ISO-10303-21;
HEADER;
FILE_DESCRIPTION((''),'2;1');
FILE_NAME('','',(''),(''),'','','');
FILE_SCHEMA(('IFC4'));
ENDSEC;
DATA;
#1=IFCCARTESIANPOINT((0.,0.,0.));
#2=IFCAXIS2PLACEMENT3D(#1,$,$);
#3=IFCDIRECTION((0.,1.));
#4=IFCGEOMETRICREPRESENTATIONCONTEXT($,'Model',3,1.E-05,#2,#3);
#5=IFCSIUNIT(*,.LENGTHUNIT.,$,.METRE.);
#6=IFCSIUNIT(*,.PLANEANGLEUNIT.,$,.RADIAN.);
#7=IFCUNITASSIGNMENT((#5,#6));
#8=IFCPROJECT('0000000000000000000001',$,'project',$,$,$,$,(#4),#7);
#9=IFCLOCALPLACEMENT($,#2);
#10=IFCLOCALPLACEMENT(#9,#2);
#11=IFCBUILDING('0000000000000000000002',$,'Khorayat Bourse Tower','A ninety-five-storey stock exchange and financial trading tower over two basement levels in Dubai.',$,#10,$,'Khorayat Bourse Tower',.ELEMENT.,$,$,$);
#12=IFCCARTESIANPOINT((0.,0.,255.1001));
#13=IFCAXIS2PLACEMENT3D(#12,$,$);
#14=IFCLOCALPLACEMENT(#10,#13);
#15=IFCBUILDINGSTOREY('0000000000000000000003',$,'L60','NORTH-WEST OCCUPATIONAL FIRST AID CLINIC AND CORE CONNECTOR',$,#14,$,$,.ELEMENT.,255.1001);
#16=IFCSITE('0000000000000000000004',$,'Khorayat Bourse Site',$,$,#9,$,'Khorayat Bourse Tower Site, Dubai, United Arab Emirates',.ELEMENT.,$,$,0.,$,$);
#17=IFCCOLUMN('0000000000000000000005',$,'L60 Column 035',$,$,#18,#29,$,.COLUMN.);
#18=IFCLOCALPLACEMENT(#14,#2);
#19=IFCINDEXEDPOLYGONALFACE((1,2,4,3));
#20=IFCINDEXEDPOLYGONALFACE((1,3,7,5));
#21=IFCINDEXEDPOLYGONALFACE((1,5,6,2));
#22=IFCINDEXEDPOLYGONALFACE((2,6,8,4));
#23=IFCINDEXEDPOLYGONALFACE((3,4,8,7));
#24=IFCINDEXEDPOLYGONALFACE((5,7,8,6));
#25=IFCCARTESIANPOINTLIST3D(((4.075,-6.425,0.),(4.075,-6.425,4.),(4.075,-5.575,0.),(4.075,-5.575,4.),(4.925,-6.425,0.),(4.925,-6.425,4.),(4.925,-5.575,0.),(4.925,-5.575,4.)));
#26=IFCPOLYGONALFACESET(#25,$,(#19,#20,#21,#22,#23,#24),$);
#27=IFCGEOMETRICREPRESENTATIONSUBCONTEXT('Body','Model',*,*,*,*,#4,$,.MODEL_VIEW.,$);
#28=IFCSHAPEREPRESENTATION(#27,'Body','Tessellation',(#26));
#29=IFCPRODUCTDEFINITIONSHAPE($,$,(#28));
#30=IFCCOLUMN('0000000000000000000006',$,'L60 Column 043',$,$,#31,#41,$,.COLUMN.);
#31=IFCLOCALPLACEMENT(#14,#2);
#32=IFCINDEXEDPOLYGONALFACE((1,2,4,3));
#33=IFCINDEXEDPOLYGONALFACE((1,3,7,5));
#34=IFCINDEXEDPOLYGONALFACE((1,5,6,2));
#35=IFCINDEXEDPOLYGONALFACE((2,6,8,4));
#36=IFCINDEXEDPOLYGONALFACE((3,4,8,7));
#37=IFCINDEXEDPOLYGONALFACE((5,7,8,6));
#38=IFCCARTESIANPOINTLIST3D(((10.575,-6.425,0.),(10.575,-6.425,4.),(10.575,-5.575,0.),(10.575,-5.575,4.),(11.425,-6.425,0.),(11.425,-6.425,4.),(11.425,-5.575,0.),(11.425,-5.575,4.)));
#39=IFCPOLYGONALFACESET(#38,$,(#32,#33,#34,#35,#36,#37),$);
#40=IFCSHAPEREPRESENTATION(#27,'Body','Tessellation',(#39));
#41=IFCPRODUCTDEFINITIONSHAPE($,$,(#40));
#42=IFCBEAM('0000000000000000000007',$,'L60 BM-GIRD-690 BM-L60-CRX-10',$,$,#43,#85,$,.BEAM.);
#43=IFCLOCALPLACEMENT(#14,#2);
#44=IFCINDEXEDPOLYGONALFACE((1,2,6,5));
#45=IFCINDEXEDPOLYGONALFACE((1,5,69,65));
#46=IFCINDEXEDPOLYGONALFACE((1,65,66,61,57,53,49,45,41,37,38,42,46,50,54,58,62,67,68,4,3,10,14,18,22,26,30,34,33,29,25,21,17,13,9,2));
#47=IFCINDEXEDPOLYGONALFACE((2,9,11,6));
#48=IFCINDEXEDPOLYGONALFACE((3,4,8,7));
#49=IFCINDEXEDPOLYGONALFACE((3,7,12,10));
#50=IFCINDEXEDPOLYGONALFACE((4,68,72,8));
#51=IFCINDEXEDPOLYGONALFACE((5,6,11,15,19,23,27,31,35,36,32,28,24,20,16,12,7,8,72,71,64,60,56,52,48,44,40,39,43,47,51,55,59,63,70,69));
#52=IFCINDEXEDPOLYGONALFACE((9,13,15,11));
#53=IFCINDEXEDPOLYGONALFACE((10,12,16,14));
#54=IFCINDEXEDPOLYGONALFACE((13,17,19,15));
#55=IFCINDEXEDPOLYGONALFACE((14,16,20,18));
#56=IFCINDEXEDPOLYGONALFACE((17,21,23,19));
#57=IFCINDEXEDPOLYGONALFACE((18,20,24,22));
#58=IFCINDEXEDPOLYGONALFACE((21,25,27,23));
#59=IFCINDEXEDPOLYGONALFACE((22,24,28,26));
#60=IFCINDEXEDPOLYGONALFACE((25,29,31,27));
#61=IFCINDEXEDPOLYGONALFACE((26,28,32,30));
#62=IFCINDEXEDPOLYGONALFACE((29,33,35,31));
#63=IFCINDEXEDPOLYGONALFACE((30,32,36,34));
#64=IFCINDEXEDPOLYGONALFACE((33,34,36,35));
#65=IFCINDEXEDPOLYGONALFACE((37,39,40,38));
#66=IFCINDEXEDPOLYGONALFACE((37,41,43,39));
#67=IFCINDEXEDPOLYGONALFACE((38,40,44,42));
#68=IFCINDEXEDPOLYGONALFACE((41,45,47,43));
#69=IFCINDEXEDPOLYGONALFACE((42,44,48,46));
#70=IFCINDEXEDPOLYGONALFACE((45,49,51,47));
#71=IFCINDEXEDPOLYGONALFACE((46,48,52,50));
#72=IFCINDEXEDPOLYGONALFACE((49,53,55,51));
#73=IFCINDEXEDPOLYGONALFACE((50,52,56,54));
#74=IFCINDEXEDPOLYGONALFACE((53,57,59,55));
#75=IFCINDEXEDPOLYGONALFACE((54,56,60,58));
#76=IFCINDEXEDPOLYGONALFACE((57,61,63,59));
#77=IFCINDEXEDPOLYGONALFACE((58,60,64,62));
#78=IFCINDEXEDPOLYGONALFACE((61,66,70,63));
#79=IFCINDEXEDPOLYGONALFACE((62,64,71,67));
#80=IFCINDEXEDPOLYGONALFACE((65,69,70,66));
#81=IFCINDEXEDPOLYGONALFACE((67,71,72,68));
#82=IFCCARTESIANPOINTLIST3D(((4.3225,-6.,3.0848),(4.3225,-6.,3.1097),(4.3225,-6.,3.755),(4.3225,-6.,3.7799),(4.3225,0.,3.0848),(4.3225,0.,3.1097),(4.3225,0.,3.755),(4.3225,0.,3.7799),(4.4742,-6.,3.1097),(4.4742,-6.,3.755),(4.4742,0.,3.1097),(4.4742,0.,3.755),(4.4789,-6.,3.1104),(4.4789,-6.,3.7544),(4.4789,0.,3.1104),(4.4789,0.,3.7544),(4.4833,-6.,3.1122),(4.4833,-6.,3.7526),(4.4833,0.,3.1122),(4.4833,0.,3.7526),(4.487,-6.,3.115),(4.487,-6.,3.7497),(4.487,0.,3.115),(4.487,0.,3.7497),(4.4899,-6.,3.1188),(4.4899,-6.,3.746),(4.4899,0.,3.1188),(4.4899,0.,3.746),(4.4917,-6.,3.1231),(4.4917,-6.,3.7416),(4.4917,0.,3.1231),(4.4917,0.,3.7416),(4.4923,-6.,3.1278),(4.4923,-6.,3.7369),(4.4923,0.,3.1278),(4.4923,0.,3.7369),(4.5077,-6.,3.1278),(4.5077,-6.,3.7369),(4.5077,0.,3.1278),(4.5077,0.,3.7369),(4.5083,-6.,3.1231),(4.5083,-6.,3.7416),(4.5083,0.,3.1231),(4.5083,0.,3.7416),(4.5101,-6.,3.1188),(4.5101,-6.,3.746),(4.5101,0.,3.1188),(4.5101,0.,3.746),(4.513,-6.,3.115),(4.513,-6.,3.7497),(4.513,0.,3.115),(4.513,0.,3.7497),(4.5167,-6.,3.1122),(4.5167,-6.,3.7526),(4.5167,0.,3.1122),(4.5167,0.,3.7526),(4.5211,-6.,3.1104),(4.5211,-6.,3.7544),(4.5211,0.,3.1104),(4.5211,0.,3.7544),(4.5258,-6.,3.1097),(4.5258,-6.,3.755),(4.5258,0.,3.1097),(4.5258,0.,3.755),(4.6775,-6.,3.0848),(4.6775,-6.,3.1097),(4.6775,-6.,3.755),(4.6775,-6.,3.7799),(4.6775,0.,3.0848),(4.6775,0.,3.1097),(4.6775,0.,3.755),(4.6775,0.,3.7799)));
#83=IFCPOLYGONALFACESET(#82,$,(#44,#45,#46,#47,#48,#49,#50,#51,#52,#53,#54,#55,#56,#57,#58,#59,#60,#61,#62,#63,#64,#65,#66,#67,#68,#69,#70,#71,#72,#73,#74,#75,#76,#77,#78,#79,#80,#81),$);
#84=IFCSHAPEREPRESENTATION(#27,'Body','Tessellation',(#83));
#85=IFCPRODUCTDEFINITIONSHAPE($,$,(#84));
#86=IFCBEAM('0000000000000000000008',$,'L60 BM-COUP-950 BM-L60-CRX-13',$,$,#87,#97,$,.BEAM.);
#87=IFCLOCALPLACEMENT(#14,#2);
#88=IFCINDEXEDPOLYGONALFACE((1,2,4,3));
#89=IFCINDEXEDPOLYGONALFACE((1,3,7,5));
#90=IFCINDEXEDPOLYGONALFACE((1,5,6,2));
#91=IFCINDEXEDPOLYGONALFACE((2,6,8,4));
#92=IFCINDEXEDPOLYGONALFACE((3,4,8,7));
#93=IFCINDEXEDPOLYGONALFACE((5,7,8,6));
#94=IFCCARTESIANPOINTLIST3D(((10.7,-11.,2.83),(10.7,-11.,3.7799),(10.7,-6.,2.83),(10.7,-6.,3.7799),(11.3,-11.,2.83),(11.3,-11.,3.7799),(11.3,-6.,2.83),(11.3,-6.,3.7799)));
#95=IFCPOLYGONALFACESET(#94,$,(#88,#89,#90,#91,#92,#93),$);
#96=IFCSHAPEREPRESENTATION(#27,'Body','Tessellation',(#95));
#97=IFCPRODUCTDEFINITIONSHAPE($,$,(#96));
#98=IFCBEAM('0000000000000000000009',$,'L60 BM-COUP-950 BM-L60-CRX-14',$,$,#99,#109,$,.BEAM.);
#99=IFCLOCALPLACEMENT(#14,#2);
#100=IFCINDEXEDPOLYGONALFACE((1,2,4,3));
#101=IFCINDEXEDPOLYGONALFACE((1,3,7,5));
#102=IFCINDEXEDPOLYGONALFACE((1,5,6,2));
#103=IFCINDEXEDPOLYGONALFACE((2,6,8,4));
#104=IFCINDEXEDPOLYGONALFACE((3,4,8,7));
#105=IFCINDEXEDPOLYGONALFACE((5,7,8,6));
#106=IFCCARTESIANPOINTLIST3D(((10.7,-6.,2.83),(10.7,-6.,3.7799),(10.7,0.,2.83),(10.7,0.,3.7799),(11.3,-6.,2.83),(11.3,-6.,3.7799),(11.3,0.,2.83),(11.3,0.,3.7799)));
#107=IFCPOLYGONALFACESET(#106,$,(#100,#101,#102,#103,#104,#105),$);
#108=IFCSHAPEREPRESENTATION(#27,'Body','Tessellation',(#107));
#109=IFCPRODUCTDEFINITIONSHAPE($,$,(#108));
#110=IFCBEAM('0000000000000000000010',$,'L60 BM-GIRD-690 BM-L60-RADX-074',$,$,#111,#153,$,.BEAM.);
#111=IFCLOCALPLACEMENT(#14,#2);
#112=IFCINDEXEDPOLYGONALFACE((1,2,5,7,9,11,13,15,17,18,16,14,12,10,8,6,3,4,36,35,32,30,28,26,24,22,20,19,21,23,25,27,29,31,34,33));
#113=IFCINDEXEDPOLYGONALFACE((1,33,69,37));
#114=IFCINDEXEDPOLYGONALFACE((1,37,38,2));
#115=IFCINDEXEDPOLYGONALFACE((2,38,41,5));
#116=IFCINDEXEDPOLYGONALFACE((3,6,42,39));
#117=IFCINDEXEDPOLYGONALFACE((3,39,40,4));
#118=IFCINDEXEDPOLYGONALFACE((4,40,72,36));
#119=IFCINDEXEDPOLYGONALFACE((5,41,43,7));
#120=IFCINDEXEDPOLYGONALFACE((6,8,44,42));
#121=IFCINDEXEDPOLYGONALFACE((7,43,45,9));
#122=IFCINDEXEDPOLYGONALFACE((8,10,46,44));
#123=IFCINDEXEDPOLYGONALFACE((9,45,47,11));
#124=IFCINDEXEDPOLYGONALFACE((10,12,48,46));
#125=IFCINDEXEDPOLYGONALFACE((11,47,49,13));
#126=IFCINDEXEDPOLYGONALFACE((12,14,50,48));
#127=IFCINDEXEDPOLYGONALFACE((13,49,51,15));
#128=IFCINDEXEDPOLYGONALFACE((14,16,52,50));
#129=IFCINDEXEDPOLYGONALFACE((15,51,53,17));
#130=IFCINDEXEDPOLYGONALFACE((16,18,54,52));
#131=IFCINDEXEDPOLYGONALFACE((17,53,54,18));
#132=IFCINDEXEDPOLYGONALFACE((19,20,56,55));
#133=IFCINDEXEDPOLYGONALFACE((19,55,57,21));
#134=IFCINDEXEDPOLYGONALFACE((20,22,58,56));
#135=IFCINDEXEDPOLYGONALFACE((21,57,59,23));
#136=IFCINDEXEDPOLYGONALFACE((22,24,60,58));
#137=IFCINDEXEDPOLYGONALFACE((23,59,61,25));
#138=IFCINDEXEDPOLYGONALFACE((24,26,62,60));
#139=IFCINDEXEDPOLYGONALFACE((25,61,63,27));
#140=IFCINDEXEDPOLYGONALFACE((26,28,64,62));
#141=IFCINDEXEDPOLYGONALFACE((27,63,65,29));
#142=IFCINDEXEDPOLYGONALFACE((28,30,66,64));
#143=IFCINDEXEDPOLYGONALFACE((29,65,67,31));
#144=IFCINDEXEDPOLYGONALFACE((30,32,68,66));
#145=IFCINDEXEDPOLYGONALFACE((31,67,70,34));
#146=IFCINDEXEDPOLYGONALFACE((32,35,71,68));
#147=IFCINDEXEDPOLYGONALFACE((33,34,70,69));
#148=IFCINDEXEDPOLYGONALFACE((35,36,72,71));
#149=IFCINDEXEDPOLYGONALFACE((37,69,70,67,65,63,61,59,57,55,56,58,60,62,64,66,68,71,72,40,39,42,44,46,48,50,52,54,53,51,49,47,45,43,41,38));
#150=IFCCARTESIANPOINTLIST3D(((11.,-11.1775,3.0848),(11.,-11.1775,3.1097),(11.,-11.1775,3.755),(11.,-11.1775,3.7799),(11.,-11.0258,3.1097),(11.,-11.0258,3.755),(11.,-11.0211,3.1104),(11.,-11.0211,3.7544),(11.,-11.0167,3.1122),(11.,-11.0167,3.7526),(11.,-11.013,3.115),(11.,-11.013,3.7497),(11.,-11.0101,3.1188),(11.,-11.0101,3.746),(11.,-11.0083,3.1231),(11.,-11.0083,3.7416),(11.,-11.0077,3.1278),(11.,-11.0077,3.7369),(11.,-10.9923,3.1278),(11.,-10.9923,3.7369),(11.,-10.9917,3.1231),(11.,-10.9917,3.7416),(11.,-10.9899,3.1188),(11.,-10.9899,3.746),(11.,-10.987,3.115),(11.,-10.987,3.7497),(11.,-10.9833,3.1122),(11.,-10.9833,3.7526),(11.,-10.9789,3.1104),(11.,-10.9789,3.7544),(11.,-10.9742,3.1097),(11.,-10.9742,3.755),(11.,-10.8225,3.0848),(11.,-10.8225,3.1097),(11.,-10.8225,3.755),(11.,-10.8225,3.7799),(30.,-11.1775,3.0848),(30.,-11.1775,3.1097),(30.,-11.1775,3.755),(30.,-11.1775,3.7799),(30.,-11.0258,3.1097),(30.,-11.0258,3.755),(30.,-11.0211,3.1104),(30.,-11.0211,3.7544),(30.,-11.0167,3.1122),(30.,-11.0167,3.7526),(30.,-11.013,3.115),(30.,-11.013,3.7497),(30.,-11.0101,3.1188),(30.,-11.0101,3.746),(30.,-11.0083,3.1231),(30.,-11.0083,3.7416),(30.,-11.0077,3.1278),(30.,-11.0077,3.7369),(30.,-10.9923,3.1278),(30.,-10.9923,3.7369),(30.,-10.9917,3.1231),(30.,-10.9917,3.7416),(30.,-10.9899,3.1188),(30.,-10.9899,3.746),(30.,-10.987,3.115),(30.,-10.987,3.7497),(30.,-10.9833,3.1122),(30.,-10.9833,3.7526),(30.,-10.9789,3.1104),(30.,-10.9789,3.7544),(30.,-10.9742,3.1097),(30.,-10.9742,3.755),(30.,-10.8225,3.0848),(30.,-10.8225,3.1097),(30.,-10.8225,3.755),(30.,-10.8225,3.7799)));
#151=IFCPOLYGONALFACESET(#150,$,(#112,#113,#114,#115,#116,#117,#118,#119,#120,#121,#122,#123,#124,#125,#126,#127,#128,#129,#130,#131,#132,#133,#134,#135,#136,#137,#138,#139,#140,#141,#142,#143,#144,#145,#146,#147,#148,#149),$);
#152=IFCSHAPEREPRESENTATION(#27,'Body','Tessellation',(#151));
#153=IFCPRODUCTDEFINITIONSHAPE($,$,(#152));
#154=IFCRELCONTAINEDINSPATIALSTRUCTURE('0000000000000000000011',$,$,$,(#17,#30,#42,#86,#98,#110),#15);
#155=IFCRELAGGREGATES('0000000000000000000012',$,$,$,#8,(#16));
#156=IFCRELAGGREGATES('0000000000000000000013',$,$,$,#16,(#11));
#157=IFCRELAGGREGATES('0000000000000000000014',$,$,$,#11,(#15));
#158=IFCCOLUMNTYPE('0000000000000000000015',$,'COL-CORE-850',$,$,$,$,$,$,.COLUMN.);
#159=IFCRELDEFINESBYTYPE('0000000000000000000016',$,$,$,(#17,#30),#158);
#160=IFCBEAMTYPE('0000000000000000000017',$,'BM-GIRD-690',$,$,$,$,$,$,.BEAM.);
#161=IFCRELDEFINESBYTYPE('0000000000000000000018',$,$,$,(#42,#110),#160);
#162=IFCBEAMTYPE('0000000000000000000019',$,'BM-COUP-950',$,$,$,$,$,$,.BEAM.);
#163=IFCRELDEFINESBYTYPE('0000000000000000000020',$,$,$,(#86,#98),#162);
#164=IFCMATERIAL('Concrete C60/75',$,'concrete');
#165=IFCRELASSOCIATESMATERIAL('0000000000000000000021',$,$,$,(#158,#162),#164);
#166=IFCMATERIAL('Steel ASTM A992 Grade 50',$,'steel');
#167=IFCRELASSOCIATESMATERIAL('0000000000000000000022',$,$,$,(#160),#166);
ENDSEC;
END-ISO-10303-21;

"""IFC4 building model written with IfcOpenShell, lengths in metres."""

from ifc_helpers import new_model, si_unit, direction, frame, origin, origin_2d, place, context, subcontext, project, spatial, rectangle, i_section, extrude, source, transform, mapped, material, material_profile, profile_set, type_object, element, save


model = new_model("IFC4")

# Units and contexts
model_context = context("Model", 3, precision=1e-05, world=origin(), true_north=direction((0.0, 1.0)))
body_context = subcontext(model_context, "Body", "Model", "MODEL_VIEW")
ifc_project = project(units=[si_unit("LENGTHUNIT", "METRE"), si_unit("PLANEANGLEUNIT", "RADIAN")], contexts=[model_context])

# Site, building, storey
site_placement = place(None, origin())
site = spatial("IfcSite", under=ifc_project, at=site_placement, Name="Khorayat Bourse Site", LongName="Khorayat Bourse Tower Site, Dubai, United Arab Emirates", CompositionType="ELEMENT", RefElevation=0.0)
building_placement = place(site_placement, origin())
building = spatial("IfcBuilding", under=site, at=building_placement, Name="Khorayat Bourse Tower", Description="A ninety-five-storey stock exchange and financial trading tower over two basement levels in Dubai.", LongName="Khorayat Bourse Tower", CompositionType="ELEMENT")
storey_placement = place(building_placement, frame((0.0, 0.0, 255.1001)))
storey = spatial("IfcBuildingStorey", under=building, at=storey_placement, Name="L60", Description="NORTH-WEST OCCUPATIONAL FIRST AID CLINIC AND CORE CONNECTOR", CompositionType="ELEMENT", Elevation=255.1001)

# Columns
ifc_material_1 = material(Name="Concrete C60/75", Category="concrete")
ifc_material_profile_1 = material_profile(ifc_material_1, rectangle(XDim=0.8501, YDim=0.8501, at=origin_2d()), Name="RC 850x850")
ifc_profile_set_1 = profile_set([ifc_material_profile_1], Name="Concrete C60/75")
column_type = type_object("IfcColumnType", Name="COL-CORE-850", PredefinedType="COLUMN", material=ifc_profile_set_1)
shared_shape_1 = source(origin(), body_context, "Body", "SweptSolid", [
    extrude(rectangle(XDim=0.8501, YDim=0.8501, at=origin_2d()), origin(), (0.0, 0.0, 1.0), 4.0),
])
for number, where, z_axis, x_axis, name in (
    (1, (4.5, -6.0, 0.0), (0.0, 0.0, 1.0), (1.0, 0.0, 0.0), "L60 Column 035"),
    (2, (11.0, -6.0, 0.0), (0.0, 0.0, 1.0), (1.0, 0.0, 0.0), "L60 Column 043"),
):
    element("IfcColumn", number, at=place(storey_placement, frame(where, z_axis=z_axis, x_axis=x_axis)), inside=storey, type_object=column_type, Name=name, PredefinedType="COLUMN", context=body_context, shape_type="MappedRepresentation", body=[
        mapped(shared_shape_1, transform((0.0, 0.0, 0.0), scale=1.0)),
    ])

# Beams
ifc_material_2 = material(Name="Steel ASTM A992 Grade 50", Category="steel")
ifc_material_profile_2 = material_profile(ifc_material_2, i_section(OverallWidth=0.355, OverallDepth=0.6951, WebThickness=0.0154, FlangeThickness=0.0249, FilletRadius=0.0181, at=origin_2d()), Name="W690X217")
ifc_profile_set_2 = profile_set([ifc_material_profile_2], Name="Steel ASTM A992 Grade 50")
beam_type_1 = type_object("IfcBeamType", Name="BM-GIRD-690", PredefinedType="BEAM", material=ifc_profile_set_2)
shared_shape_2 = source(origin(), body_context, "Body", "SweptSolid", [
    extrude(i_section(OverallWidth=0.355, OverallDepth=0.6951, WebThickness=0.0154, FlangeThickness=0.0249, FilletRadius=0.0181, at=origin_2d()), origin(), (0.0, 0.0, 1.0), 6.0),
])
beam_1_placement = place(storey_placement, frame((4.5, -6.0, 3.4324), z_axis=(0.0, 1.0, 0.0), x_axis=(-1.0, 0.0, 0.0)))
element("IfcBeam", 3, at=beam_1_placement, inside=storey, type_object=beam_type_1, Name="L60 BM-GIRD-690 BM-L60-CRX-10", PredefinedType="BEAM", context=body_context, shape_type="MappedRepresentation", body=[
    mapped(shared_shape_2, transform((0.0, 0.0, 0.0), scale=1.0)),
])
ifc_material_profile_3 = material_profile(ifc_material_1, rectangle(XDim=0.6001, YDim=0.95, at=origin_2d()), Name="RC 600x950")
ifc_profile_set_3 = profile_set([ifc_material_profile_3], Name="Concrete C60/75")
beam_type_2 = type_object("IfcBeamType", Name="BM-COUP-950", PredefinedType="BEAM", material=ifc_profile_set_3)
shared_shape_3 = source(origin(), body_context, "Body", "SweptSolid", [
    extrude(rectangle(XDim=0.6001, YDim=0.95, at=origin_2d()), origin(), (0.0, 0.0, 1.0), 5.0),
])
beam_2_placement = place(storey_placement, frame((11.0, -11.0, 3.3049), z_axis=(0.0, 1.0, 0.0), x_axis=(-1.0, 0.0, 0.0)))
element("IfcBeam", 4, at=beam_2_placement, inside=storey, type_object=beam_type_2, Name="L60 BM-COUP-950 BM-L60-CRX-13", PredefinedType="BEAM", context=body_context, shape_type="MappedRepresentation", body=[
    mapped(shared_shape_3, transform((0.0, 0.0, 0.0), scale=1.0)),
])
shared_shape_4 = source(origin(), body_context, "Body", "SweptSolid", [
    extrude(rectangle(XDim=0.6001, YDim=0.95, at=origin_2d()), origin(), (0.0, 0.0, 1.0), 6.0),
])
beam_3_placement = place(storey_placement, frame((11.0, -6.0, 3.3049), z_axis=(0.0, 1.0, 0.0), x_axis=(-1.0, 0.0, 0.0)))
element("IfcBeam", 5, at=beam_3_placement, inside=storey, type_object=beam_type_2, Name="L60 BM-COUP-950 BM-L60-CRX-14", PredefinedType="BEAM", context=body_context, shape_type="MappedRepresentation", body=[
    mapped(shared_shape_4, transform((0.0, 0.0, 0.0), scale=1.0)),
])
shared_shape_5 = source(origin(), body_context, "Body", "SweptSolid", [
    extrude(i_section(OverallWidth=0.355, OverallDepth=0.6951, WebThickness=0.0154, FlangeThickness=0.0249, FilletRadius=0.0181, at=origin_2d()), origin(), (0.0, 0.0, 1.0), 19.0),
])
for number, where, z_axis, x_axis, name in (
    (6, (11.0, -11.0, 3.4324), (1.0, 0.0, 0.0), (0.0, 1.0, 0.0), "L60 BM-GIRD-690 BM-L60-RADX-074"),
):
    element("IfcBeam", number, at=place(storey_placement, frame(where, z_axis=z_axis, x_axis=x_axis)), inside=storey, type_object=beam_type_1, Name=name, PredefinedType="BEAM", context=body_context, shape_type="MappedRepresentation", body=[
        mapped(shared_shape_5, transform((0.0, 0.0, 0.0), scale=1.0)),
    ])

save(model, "model.ifc")
